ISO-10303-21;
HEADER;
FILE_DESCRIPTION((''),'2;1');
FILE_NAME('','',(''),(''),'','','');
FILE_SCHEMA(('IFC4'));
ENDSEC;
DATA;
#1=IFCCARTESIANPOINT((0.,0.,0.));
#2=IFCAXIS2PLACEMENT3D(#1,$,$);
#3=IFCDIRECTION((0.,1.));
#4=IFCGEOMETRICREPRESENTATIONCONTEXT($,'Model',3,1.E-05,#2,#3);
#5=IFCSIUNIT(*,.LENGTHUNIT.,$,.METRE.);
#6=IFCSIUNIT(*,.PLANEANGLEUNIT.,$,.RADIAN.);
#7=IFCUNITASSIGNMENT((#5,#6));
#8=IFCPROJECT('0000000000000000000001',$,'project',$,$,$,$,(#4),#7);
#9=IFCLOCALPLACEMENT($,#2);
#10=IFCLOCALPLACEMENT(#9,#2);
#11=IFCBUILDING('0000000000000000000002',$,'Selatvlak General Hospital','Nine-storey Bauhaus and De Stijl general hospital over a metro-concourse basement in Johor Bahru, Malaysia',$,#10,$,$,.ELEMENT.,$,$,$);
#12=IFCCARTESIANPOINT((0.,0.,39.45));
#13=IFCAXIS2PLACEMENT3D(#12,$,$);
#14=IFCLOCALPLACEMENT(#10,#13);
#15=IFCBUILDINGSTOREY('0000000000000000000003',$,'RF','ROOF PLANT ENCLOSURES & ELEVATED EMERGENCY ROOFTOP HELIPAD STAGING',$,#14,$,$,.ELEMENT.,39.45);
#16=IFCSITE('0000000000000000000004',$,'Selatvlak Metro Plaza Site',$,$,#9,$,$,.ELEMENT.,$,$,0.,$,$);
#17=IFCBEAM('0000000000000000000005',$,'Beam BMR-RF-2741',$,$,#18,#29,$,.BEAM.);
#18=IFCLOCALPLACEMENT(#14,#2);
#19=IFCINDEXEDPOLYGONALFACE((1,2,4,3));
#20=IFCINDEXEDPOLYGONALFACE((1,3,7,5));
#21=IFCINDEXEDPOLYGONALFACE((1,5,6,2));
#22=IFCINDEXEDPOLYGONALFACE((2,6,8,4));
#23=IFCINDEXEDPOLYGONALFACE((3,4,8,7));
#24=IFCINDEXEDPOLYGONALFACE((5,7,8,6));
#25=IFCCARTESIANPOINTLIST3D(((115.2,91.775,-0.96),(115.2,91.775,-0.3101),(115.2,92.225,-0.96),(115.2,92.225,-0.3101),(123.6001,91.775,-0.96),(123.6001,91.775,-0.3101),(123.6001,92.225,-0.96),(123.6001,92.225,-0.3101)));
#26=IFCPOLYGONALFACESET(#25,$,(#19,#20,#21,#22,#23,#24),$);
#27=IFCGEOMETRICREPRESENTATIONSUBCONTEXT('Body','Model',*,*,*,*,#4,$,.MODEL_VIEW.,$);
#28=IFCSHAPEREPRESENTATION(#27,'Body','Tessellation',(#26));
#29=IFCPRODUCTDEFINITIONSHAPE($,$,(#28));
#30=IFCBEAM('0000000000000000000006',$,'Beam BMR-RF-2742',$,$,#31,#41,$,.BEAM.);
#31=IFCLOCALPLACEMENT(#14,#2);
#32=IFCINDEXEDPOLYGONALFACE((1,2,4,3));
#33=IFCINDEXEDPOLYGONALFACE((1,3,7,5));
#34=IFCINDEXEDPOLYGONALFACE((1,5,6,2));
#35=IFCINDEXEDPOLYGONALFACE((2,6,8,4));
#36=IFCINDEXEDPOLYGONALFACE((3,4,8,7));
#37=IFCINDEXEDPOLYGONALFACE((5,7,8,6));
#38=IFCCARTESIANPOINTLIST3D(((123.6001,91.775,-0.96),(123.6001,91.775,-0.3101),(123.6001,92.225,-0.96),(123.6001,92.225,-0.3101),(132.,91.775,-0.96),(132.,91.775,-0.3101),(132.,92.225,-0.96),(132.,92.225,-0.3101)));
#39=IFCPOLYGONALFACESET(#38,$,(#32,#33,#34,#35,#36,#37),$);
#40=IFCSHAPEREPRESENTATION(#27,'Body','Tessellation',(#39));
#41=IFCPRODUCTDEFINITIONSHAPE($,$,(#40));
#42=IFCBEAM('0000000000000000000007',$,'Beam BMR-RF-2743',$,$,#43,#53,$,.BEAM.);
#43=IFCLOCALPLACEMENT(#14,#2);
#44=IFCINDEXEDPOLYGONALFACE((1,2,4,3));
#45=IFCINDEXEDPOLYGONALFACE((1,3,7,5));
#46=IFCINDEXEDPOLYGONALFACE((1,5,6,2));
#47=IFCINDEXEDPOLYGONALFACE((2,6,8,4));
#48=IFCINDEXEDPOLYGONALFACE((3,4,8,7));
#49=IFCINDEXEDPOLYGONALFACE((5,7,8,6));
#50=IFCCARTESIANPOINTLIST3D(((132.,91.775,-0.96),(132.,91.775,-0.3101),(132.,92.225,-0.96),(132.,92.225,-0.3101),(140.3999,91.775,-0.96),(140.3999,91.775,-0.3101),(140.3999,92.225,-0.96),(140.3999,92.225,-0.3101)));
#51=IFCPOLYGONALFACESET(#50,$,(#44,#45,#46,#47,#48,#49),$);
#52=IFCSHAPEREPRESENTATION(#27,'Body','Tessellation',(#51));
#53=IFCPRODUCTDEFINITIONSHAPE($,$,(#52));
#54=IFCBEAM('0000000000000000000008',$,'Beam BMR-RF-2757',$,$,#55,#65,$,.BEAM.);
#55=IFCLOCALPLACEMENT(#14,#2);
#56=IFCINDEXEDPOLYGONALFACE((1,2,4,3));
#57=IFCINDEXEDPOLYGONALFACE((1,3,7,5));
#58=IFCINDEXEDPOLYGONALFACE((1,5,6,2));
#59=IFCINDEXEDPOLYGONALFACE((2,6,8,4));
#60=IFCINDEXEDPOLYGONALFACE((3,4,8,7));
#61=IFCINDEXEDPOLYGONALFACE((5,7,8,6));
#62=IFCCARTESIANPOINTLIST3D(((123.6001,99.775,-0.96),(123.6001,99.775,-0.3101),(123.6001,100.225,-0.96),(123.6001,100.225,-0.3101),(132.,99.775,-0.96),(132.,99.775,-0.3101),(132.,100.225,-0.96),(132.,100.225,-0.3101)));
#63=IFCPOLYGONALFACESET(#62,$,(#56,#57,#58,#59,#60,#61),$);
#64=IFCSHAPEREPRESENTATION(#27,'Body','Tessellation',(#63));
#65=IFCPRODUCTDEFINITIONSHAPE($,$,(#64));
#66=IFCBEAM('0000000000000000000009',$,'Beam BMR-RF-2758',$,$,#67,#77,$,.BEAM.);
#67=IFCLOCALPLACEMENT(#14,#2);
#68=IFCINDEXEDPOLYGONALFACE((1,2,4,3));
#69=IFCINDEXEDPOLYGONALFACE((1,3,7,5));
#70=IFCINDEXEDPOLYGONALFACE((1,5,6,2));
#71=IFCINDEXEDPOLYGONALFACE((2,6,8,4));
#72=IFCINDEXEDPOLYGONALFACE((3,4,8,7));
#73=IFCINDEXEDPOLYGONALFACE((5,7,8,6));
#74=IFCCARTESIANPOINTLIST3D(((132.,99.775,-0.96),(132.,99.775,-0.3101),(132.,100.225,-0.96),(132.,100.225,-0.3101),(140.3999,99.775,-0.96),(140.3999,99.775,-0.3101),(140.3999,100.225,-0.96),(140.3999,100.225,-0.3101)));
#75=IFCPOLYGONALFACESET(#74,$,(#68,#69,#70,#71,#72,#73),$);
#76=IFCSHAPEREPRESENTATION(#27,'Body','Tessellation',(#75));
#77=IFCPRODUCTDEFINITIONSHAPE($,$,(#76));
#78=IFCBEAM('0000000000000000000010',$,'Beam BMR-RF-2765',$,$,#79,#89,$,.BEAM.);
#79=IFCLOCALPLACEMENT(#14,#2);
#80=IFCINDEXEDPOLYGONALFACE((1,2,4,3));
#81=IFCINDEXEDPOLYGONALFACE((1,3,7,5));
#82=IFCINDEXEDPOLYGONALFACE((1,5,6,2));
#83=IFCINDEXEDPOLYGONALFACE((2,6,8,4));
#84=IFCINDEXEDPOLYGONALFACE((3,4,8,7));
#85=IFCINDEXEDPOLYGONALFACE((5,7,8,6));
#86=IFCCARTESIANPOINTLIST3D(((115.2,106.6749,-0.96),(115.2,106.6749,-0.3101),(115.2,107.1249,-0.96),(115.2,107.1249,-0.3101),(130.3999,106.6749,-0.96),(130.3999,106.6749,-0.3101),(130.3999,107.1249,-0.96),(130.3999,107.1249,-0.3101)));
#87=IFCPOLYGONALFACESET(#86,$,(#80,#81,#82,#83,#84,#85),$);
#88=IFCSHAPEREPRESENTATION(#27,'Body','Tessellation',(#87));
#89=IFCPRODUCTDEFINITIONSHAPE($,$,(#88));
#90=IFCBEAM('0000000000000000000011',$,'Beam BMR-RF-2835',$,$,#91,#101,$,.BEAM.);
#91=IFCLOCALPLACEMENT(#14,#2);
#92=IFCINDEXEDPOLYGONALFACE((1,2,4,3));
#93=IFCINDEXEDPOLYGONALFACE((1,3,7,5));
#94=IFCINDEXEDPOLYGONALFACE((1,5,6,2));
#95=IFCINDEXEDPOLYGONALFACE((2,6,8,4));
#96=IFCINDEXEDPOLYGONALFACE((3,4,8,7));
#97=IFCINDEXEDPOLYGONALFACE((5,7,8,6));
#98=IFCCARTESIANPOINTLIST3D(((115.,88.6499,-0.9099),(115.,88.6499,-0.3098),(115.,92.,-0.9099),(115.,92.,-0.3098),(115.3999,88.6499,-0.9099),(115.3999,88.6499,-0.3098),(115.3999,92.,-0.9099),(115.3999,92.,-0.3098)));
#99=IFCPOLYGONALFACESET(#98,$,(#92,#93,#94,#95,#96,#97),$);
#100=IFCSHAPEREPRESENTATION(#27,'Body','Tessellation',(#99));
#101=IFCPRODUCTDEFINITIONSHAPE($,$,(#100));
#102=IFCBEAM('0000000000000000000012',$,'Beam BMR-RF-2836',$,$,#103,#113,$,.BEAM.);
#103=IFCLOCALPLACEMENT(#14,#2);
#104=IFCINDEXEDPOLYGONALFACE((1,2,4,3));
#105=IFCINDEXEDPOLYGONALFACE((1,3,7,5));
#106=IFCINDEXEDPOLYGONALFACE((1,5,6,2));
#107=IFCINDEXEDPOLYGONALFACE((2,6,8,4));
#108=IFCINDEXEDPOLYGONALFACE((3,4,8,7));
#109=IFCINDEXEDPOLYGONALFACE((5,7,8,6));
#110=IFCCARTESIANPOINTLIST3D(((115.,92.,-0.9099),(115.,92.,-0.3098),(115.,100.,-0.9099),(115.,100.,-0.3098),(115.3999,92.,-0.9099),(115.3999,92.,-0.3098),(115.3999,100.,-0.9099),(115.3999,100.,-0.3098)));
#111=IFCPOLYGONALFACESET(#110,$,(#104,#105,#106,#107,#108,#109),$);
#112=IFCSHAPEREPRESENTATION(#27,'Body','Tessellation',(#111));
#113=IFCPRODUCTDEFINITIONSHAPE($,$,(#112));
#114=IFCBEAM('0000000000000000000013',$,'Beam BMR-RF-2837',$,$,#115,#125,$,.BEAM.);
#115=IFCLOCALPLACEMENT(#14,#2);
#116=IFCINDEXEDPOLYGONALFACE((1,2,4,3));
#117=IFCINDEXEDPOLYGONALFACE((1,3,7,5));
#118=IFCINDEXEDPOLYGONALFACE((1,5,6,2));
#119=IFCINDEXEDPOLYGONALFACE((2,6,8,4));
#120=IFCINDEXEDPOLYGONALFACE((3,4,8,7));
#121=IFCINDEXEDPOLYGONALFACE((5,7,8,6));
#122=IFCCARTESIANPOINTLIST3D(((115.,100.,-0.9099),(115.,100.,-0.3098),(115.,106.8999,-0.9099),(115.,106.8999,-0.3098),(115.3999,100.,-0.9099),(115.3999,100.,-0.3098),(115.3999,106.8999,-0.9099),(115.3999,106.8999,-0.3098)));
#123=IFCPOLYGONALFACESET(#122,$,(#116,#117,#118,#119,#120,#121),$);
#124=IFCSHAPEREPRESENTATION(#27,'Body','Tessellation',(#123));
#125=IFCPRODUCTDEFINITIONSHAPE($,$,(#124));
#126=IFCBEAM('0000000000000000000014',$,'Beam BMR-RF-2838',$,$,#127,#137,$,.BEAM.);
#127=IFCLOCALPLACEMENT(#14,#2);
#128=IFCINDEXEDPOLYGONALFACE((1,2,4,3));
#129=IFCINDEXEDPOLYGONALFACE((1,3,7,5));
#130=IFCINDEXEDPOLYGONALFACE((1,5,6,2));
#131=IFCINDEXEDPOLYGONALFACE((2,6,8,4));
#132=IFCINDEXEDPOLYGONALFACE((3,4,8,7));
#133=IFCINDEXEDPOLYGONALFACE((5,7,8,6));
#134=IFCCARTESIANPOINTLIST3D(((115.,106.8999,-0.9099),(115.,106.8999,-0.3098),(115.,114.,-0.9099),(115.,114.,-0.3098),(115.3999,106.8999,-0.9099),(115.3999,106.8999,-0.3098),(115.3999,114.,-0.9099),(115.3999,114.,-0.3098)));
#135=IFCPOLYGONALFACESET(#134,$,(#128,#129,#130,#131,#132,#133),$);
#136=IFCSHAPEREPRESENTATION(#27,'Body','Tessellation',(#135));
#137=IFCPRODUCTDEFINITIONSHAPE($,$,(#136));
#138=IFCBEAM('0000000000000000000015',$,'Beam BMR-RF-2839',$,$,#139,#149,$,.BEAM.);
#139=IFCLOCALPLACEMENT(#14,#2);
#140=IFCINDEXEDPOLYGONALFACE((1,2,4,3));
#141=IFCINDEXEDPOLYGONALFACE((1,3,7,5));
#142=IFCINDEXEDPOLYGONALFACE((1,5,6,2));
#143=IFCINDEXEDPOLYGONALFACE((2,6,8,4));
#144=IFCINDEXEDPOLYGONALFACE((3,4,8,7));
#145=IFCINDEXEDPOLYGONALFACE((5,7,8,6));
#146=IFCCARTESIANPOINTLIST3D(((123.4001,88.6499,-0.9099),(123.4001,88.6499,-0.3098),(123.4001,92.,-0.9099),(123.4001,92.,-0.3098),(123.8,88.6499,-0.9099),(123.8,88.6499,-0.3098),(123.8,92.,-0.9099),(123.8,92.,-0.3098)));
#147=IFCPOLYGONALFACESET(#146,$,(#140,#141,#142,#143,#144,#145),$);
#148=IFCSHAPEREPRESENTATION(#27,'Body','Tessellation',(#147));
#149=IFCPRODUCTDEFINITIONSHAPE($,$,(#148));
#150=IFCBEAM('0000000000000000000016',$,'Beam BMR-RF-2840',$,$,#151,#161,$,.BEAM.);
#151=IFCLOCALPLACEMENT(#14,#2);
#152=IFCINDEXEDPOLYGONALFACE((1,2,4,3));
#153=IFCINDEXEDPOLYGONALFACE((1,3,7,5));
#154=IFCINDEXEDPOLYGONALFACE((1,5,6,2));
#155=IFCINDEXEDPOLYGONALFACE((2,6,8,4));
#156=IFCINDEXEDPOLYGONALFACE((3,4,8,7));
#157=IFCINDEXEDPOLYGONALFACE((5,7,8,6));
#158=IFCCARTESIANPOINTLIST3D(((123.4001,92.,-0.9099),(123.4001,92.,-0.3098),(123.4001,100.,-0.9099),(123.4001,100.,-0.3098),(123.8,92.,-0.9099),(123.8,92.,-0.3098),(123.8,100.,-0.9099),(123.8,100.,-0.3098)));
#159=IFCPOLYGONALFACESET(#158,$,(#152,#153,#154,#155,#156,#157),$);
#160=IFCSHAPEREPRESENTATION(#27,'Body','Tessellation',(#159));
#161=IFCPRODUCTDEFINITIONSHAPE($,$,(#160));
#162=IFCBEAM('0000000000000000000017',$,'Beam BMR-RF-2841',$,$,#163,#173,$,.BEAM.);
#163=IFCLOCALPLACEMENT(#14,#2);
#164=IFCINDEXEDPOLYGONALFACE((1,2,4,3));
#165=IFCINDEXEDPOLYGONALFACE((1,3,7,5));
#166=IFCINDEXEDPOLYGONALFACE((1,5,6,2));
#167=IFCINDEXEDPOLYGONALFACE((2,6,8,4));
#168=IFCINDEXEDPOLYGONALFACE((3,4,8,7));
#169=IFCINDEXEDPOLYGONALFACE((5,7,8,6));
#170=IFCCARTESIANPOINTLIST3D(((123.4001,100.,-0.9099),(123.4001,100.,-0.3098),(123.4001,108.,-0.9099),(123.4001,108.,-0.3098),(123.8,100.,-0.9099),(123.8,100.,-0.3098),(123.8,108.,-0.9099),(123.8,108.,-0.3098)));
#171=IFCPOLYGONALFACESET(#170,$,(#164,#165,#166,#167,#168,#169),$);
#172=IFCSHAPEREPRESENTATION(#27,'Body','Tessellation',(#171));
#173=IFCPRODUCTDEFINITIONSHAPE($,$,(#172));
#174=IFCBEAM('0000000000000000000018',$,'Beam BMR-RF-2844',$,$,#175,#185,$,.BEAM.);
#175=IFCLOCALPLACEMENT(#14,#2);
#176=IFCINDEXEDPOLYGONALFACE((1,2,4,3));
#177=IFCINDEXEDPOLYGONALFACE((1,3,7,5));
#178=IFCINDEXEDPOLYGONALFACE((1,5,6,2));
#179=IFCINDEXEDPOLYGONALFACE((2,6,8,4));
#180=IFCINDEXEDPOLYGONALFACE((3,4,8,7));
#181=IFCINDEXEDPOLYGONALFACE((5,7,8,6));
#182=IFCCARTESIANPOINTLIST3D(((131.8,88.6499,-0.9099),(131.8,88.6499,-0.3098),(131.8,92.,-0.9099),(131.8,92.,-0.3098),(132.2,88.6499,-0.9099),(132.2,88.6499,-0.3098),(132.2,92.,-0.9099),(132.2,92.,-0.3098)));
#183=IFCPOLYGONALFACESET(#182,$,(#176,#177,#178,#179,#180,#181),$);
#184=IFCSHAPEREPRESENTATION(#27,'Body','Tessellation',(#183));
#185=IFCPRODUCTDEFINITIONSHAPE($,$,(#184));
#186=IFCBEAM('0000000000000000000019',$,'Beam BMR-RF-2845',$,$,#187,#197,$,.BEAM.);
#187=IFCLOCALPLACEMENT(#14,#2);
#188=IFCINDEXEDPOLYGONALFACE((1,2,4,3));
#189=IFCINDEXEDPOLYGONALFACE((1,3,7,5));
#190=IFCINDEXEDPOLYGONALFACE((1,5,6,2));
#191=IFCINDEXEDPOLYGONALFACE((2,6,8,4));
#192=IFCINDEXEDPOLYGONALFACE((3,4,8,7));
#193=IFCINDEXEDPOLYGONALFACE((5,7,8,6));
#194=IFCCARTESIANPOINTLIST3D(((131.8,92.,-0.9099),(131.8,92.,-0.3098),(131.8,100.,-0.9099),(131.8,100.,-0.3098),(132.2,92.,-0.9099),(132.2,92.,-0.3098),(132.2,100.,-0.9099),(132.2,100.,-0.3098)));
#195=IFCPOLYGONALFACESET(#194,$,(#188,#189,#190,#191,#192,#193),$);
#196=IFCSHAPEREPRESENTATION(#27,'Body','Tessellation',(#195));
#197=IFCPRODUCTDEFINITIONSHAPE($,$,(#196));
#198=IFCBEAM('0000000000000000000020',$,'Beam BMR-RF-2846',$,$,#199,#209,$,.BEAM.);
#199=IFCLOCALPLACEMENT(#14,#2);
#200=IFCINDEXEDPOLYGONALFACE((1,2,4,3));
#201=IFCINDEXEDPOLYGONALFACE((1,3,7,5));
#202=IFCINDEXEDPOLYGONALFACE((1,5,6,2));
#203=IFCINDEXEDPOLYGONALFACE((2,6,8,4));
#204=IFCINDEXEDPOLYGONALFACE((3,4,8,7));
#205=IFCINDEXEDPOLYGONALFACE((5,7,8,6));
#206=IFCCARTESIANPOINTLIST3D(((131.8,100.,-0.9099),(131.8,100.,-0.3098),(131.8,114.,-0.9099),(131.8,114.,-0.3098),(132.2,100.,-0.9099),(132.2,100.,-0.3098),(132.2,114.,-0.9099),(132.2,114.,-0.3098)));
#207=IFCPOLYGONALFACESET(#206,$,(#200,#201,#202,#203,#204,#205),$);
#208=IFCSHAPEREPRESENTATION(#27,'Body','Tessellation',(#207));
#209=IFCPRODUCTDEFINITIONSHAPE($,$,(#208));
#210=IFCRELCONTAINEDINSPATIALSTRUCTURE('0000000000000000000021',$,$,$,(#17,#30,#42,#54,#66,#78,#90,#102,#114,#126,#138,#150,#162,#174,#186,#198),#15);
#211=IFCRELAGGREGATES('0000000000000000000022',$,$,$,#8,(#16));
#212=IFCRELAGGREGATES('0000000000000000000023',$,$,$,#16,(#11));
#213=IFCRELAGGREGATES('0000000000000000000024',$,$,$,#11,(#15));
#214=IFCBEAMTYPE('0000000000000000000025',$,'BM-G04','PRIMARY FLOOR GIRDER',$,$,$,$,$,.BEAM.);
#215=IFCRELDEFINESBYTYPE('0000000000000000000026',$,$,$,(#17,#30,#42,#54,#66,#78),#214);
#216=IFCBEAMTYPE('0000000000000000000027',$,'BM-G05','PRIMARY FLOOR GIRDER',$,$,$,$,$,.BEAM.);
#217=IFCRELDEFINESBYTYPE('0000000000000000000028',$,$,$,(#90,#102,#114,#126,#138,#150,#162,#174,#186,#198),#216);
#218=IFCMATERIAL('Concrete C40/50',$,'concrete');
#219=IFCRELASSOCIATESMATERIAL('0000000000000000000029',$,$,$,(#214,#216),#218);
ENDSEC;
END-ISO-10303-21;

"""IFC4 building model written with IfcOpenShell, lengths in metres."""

from ifc_helpers import new_model, si_unit, direction, frame, origin, origin_2d, place, context, subcontext, project, spatial, rectangle, extrude, material, material_profile, profile_set, type_object, element, save


model = new_model("IFC4")

# Units and contexts
model_context = context("Model", 3, precision=1e-05, world=origin(), true_north=direction((0.0, 1.0)))
body_context = subcontext(model_context, "Body", "Model", "MODEL_VIEW")
ifc_project = project(units=[si_unit("LENGTHUNIT", "METRE"), si_unit("PLANEANGLEUNIT", "RADIAN")], contexts=[model_context])

# Site, building, storey
site_placement = place(None, origin())
site = spatial("IfcSite", under=ifc_project, at=site_placement, Name="Selatvlak Metro Plaza Site", CompositionType="ELEMENT", RefElevation=0.0)
building_placement = place(site_placement, origin())
building = spatial("IfcBuilding", under=site, at=building_placement, Name="Selatvlak General Hospital", Description="Nine-storey Bauhaus and De Stijl general hospital over a metro-concourse basement in Johor Bahru, Malaysia", CompositionType="ELEMENT")
storey_placement = place(building_placement, frame((0.0, 0.0, 39.45)))
storey = spatial("IfcBuildingStorey", under=building, at=storey_placement, Name="RF", Description="ROOF PLANT ENCLOSURES & ELEVATED EMERGENCY ROOFTOP HELIPAD STAGING", CompositionType="ELEMENT", Elevation=39.45)

# Beams
ifc_material_1 = material(Name="Concrete C40/50", Category="concrete")
ifc_material_profile_1 = material_profile(ifc_material_1, rectangle(XDim=0.45, YDim=0.6499, at=origin_2d()), Name="RC-BM 450x650")
ifc_profile_set_1 = profile_set([ifc_material_profile_1], Name="Concrete C40/50")
beam_type_1 = type_object("IfcBeamType", Name="BM-G04", Description="PRIMARY FLOOR GIRDER", PredefinedType="BEAM", material=ifc_profile_set_1)
beam_1_placement = place(storey_placement, frame((115.2, 92.0, -0.635), z_axis=(1.0, 0.0, 0.0), x_axis=(0.0, 1.0, 0.0)))
element("IfcBeam", 1, at=beam_1_placement, inside=storey, type_object=beam_type_1, Name="Beam BMR-RF-2741", PredefinedType="BEAM", context=body_context, shape_type="SweptSolid", body=[
    extrude(rectangle(XDim=0.45, YDim=0.6499, at=origin_2d()), origin(), (0.0, 0.0, 1.0), 8.4001),
])
for number, where, z_axis, x_axis, name in (
    (2, (123.6001, 92.0, -0.635), (1.0, 0.0, 0.0), (0.0, 1.0, 0.0), "Beam BMR-RF-2742"),
    (3, (132.0, 92.0, -0.635), (1.0, 0.0, 0.0), (0.0, 1.0, 0.0), "Beam BMR-RF-2743"),
    (4, (123.6001, 100.0, -0.635), (1.0, 0.0, 0.0), (0.0, 1.0, 0.0), "Beam BMR-RF-2757"),
    (5, (132.0, 100.0, -0.635), (1.0, 0.0, 0.0), (0.0, 1.0, 0.0), "Beam BMR-RF-2758"),
):
    element("IfcBeam", number, at=place(storey_placement, frame(where, z_axis=z_axis, x_axis=x_axis)), inside=storey, type_object=beam_type_1, Name=name, PredefinedType="BEAM", context=body_context, shape_type="SweptSolid", body=[
        extrude(rectangle(XDim=0.45, YDim=0.6499, at=origin_2d()), origin(), (0.0, 0.0, 1.0), 8.3999),
    ])
beam_2_placement = place(storey_placement, frame((115.2, 106.8999, -0.635), z_axis=(1.0, 0.0, 0.0), x_axis=(0.0, 1.0, 0.0)))
element("IfcBeam", 6, at=beam_2_placement, inside=storey, type_object=beam_type_1, Name="Beam BMR-RF-2765", PredefinedType="BEAM", context=body_context, shape_type="SweptSolid", body=[
    extrude(rectangle(XDim=0.45, YDim=0.6499, at=origin_2d()), origin(), (0.0, 0.0, 1.0), 15.2),
])
ifc_material_profile_2 = material_profile(ifc_material_1, rectangle(XDim=0.3999, YDim=0.6001, at=origin_2d()), Name="RC-BM 400x600")
ifc_profile_set_2 = profile_set([ifc_material_profile_2], Name="Concrete C40/50")
beam_type_2 = type_object("IfcBeamType", Name="BM-G05", Description="PRIMARY FLOOR GIRDER", PredefinedType="BEAM", material=ifc_profile_set_2)
beam_3_placement = place(storey_placement, frame((115.2, 88.6499, -0.6099), z_axis=(0.0, 1.0, 0.0), x_axis=(-1.0, 0.0, 0.0)))
element("IfcBeam", 7, at=beam_3_placement, inside=storey, type_object=beam_type_2, Name="Beam BMR-RF-2835", PredefinedType="BEAM", context=body_context, shape_type="SweptSolid", body=[
    extrude(rectangle(XDim=0.3999, YDim=0.6001, at=origin_2d()), origin(), (0.0, 0.0, 1.0), 3.3501),
])
beam_4_placement = place(storey_placement, frame((115.2, 92.0, -0.6099), z_axis=(0.0, 1.0, 0.0), x_axis=(-1.0, 0.0, 0.0)))
element("IfcBeam", 8, at=beam_4_placement, inside=storey, type_object=beam_type_2, Name="Beam BMR-RF-2836", PredefinedType="BEAM", context=body_context, shape_type="SweptSolid", body=[
    extrude(rectangle(XDim=0.3999, YDim=0.6001, at=origin_2d()), origin(), (0.0, 0.0, 1.0), 8.0),
])
beam_5_placement = place(storey_placement, frame((115.2, 100.0, -0.6099), z_axis=(0.0, 1.0, 0.0), x_axis=(-1.0, 0.0, 0.0)))
element("IfcBeam", 9, at=beam_5_placement, inside=storey, type_object=beam_type_2, Name="Beam BMR-RF-2837", PredefinedType="BEAM", context=body_context, shape_type="SweptSolid", body=[
    extrude(rectangle(XDim=0.3999, YDim=0.6001, at=origin_2d()), origin(), (0.0, 0.0, 1.0), 6.8999),
])
beam_6_placement = place(storey_placement, frame((115.2, 106.8999, -0.6099), z_axis=(0.0, 1.0, 0.0), x_axis=(-1.0, 0.0, 0.0)))
element("IfcBeam", 10, at=beam_6_placement, inside=storey, type_object=beam_type_2, Name="Beam BMR-RF-2838", PredefinedType="BEAM", context=body_context, shape_type="SweptSolid", body=[
    extrude(rectangle(XDim=0.3999, YDim=0.6001, at=origin_2d()), origin(), (0.0, 0.0, 1.0), 7.1001),
])
beam_7_placement = place(storey_placement, frame((123.6001, 88.6499, -0.6099), z_axis=(0.0, 1.0, 0.0), x_axis=(-1.0, 0.0, 0.0)))
element("IfcBeam", 11, at=beam_7_placement, inside=storey, type_object=beam_type_2, Name="Beam BMR-RF-2839", PredefinedType="BEAM", context=body_context, shape_type="SweptSolid", body=[
    extrude(rectangle(XDim=0.3999, YDim=0.6001, at=origin_2d()), origin(), (0.0, 0.0, 1.0), 3.3501),
])
for number, where, z_axis, x_axis, name in (
    (12, (123.6001, 92.0, -0.6099), (0.0, 1.0, 0.0), (-1.0, 0.0, 0.0), "Beam BMR-RF-2840"),
    (13, (123.6001, 100.0, -0.6099), (0.0, 1.0, 0.0), (-1.0, 0.0, 0.0), "Beam BMR-RF-2841"),
):
    element("IfcBeam", number, at=place(storey_placement, frame(where, z_axis=z_axis, x_axis=x_axis)), inside=storey, type_object=beam_type_2, Name=name, PredefinedType="BEAM", context=body_context, shape_type="SweptSolid", body=[
        extrude(rectangle(XDim=0.3999, YDim=0.6001, at=origin_2d()), origin(), (0.0, 0.0, 1.0), 8.0),
    ])
beam_8_placement = place(storey_placement, frame((132.0, 88.6499, -0.6099), z_axis=(0.0, 1.0, 0.0), x_axis=(-1.0, 0.0, 0.0)))
element("IfcBeam", 14, at=beam_8_placement, inside=storey, type_object=beam_type_2, Name="Beam BMR-RF-2844", PredefinedType="BEAM", context=body_context, shape_type="SweptSolid", body=[
    extrude(rectangle(XDim=0.3999, YDim=0.6001, at=origin_2d()), origin(), (0.0, 0.0, 1.0), 3.3501),
])
beam_9_placement = place(storey_placement, frame((132.0, 92.0, -0.6099), z_axis=(0.0, 1.0, 0.0), x_axis=(-1.0, 0.0, 0.0)))
element("IfcBeam", 15, at=beam_9_placement, inside=storey, type_object=beam_type_2, Name="Beam BMR-RF-2845", PredefinedType="BEAM", context=body_context, shape_type="SweptSolid", body=[
    extrude(rectangle(XDim=0.3999, YDim=0.6001, at=origin_2d()), origin(), (0.0, 0.0, 1.0), 8.0),
])
beam_10_placement = place(storey_placement, frame((132.0, 100.0, -0.6099), z_axis=(0.0, 1.0, 0.0), x_axis=(-1.0, 0.0, 0.0)))
element("IfcBeam", 16, at=beam_10_placement, inside=storey, type_object=beam_type_2, Name="Beam BMR-RF-2846", PredefinedType="BEAM", context=body_context, shape_type="SweptSolid", body=[
    extrude(rectangle(XDim=0.3999, YDim=0.6001, at=origin_2d()), origin(), (0.0, 0.0, 1.0), 14.0),
])

save(model, "model.ifc")
